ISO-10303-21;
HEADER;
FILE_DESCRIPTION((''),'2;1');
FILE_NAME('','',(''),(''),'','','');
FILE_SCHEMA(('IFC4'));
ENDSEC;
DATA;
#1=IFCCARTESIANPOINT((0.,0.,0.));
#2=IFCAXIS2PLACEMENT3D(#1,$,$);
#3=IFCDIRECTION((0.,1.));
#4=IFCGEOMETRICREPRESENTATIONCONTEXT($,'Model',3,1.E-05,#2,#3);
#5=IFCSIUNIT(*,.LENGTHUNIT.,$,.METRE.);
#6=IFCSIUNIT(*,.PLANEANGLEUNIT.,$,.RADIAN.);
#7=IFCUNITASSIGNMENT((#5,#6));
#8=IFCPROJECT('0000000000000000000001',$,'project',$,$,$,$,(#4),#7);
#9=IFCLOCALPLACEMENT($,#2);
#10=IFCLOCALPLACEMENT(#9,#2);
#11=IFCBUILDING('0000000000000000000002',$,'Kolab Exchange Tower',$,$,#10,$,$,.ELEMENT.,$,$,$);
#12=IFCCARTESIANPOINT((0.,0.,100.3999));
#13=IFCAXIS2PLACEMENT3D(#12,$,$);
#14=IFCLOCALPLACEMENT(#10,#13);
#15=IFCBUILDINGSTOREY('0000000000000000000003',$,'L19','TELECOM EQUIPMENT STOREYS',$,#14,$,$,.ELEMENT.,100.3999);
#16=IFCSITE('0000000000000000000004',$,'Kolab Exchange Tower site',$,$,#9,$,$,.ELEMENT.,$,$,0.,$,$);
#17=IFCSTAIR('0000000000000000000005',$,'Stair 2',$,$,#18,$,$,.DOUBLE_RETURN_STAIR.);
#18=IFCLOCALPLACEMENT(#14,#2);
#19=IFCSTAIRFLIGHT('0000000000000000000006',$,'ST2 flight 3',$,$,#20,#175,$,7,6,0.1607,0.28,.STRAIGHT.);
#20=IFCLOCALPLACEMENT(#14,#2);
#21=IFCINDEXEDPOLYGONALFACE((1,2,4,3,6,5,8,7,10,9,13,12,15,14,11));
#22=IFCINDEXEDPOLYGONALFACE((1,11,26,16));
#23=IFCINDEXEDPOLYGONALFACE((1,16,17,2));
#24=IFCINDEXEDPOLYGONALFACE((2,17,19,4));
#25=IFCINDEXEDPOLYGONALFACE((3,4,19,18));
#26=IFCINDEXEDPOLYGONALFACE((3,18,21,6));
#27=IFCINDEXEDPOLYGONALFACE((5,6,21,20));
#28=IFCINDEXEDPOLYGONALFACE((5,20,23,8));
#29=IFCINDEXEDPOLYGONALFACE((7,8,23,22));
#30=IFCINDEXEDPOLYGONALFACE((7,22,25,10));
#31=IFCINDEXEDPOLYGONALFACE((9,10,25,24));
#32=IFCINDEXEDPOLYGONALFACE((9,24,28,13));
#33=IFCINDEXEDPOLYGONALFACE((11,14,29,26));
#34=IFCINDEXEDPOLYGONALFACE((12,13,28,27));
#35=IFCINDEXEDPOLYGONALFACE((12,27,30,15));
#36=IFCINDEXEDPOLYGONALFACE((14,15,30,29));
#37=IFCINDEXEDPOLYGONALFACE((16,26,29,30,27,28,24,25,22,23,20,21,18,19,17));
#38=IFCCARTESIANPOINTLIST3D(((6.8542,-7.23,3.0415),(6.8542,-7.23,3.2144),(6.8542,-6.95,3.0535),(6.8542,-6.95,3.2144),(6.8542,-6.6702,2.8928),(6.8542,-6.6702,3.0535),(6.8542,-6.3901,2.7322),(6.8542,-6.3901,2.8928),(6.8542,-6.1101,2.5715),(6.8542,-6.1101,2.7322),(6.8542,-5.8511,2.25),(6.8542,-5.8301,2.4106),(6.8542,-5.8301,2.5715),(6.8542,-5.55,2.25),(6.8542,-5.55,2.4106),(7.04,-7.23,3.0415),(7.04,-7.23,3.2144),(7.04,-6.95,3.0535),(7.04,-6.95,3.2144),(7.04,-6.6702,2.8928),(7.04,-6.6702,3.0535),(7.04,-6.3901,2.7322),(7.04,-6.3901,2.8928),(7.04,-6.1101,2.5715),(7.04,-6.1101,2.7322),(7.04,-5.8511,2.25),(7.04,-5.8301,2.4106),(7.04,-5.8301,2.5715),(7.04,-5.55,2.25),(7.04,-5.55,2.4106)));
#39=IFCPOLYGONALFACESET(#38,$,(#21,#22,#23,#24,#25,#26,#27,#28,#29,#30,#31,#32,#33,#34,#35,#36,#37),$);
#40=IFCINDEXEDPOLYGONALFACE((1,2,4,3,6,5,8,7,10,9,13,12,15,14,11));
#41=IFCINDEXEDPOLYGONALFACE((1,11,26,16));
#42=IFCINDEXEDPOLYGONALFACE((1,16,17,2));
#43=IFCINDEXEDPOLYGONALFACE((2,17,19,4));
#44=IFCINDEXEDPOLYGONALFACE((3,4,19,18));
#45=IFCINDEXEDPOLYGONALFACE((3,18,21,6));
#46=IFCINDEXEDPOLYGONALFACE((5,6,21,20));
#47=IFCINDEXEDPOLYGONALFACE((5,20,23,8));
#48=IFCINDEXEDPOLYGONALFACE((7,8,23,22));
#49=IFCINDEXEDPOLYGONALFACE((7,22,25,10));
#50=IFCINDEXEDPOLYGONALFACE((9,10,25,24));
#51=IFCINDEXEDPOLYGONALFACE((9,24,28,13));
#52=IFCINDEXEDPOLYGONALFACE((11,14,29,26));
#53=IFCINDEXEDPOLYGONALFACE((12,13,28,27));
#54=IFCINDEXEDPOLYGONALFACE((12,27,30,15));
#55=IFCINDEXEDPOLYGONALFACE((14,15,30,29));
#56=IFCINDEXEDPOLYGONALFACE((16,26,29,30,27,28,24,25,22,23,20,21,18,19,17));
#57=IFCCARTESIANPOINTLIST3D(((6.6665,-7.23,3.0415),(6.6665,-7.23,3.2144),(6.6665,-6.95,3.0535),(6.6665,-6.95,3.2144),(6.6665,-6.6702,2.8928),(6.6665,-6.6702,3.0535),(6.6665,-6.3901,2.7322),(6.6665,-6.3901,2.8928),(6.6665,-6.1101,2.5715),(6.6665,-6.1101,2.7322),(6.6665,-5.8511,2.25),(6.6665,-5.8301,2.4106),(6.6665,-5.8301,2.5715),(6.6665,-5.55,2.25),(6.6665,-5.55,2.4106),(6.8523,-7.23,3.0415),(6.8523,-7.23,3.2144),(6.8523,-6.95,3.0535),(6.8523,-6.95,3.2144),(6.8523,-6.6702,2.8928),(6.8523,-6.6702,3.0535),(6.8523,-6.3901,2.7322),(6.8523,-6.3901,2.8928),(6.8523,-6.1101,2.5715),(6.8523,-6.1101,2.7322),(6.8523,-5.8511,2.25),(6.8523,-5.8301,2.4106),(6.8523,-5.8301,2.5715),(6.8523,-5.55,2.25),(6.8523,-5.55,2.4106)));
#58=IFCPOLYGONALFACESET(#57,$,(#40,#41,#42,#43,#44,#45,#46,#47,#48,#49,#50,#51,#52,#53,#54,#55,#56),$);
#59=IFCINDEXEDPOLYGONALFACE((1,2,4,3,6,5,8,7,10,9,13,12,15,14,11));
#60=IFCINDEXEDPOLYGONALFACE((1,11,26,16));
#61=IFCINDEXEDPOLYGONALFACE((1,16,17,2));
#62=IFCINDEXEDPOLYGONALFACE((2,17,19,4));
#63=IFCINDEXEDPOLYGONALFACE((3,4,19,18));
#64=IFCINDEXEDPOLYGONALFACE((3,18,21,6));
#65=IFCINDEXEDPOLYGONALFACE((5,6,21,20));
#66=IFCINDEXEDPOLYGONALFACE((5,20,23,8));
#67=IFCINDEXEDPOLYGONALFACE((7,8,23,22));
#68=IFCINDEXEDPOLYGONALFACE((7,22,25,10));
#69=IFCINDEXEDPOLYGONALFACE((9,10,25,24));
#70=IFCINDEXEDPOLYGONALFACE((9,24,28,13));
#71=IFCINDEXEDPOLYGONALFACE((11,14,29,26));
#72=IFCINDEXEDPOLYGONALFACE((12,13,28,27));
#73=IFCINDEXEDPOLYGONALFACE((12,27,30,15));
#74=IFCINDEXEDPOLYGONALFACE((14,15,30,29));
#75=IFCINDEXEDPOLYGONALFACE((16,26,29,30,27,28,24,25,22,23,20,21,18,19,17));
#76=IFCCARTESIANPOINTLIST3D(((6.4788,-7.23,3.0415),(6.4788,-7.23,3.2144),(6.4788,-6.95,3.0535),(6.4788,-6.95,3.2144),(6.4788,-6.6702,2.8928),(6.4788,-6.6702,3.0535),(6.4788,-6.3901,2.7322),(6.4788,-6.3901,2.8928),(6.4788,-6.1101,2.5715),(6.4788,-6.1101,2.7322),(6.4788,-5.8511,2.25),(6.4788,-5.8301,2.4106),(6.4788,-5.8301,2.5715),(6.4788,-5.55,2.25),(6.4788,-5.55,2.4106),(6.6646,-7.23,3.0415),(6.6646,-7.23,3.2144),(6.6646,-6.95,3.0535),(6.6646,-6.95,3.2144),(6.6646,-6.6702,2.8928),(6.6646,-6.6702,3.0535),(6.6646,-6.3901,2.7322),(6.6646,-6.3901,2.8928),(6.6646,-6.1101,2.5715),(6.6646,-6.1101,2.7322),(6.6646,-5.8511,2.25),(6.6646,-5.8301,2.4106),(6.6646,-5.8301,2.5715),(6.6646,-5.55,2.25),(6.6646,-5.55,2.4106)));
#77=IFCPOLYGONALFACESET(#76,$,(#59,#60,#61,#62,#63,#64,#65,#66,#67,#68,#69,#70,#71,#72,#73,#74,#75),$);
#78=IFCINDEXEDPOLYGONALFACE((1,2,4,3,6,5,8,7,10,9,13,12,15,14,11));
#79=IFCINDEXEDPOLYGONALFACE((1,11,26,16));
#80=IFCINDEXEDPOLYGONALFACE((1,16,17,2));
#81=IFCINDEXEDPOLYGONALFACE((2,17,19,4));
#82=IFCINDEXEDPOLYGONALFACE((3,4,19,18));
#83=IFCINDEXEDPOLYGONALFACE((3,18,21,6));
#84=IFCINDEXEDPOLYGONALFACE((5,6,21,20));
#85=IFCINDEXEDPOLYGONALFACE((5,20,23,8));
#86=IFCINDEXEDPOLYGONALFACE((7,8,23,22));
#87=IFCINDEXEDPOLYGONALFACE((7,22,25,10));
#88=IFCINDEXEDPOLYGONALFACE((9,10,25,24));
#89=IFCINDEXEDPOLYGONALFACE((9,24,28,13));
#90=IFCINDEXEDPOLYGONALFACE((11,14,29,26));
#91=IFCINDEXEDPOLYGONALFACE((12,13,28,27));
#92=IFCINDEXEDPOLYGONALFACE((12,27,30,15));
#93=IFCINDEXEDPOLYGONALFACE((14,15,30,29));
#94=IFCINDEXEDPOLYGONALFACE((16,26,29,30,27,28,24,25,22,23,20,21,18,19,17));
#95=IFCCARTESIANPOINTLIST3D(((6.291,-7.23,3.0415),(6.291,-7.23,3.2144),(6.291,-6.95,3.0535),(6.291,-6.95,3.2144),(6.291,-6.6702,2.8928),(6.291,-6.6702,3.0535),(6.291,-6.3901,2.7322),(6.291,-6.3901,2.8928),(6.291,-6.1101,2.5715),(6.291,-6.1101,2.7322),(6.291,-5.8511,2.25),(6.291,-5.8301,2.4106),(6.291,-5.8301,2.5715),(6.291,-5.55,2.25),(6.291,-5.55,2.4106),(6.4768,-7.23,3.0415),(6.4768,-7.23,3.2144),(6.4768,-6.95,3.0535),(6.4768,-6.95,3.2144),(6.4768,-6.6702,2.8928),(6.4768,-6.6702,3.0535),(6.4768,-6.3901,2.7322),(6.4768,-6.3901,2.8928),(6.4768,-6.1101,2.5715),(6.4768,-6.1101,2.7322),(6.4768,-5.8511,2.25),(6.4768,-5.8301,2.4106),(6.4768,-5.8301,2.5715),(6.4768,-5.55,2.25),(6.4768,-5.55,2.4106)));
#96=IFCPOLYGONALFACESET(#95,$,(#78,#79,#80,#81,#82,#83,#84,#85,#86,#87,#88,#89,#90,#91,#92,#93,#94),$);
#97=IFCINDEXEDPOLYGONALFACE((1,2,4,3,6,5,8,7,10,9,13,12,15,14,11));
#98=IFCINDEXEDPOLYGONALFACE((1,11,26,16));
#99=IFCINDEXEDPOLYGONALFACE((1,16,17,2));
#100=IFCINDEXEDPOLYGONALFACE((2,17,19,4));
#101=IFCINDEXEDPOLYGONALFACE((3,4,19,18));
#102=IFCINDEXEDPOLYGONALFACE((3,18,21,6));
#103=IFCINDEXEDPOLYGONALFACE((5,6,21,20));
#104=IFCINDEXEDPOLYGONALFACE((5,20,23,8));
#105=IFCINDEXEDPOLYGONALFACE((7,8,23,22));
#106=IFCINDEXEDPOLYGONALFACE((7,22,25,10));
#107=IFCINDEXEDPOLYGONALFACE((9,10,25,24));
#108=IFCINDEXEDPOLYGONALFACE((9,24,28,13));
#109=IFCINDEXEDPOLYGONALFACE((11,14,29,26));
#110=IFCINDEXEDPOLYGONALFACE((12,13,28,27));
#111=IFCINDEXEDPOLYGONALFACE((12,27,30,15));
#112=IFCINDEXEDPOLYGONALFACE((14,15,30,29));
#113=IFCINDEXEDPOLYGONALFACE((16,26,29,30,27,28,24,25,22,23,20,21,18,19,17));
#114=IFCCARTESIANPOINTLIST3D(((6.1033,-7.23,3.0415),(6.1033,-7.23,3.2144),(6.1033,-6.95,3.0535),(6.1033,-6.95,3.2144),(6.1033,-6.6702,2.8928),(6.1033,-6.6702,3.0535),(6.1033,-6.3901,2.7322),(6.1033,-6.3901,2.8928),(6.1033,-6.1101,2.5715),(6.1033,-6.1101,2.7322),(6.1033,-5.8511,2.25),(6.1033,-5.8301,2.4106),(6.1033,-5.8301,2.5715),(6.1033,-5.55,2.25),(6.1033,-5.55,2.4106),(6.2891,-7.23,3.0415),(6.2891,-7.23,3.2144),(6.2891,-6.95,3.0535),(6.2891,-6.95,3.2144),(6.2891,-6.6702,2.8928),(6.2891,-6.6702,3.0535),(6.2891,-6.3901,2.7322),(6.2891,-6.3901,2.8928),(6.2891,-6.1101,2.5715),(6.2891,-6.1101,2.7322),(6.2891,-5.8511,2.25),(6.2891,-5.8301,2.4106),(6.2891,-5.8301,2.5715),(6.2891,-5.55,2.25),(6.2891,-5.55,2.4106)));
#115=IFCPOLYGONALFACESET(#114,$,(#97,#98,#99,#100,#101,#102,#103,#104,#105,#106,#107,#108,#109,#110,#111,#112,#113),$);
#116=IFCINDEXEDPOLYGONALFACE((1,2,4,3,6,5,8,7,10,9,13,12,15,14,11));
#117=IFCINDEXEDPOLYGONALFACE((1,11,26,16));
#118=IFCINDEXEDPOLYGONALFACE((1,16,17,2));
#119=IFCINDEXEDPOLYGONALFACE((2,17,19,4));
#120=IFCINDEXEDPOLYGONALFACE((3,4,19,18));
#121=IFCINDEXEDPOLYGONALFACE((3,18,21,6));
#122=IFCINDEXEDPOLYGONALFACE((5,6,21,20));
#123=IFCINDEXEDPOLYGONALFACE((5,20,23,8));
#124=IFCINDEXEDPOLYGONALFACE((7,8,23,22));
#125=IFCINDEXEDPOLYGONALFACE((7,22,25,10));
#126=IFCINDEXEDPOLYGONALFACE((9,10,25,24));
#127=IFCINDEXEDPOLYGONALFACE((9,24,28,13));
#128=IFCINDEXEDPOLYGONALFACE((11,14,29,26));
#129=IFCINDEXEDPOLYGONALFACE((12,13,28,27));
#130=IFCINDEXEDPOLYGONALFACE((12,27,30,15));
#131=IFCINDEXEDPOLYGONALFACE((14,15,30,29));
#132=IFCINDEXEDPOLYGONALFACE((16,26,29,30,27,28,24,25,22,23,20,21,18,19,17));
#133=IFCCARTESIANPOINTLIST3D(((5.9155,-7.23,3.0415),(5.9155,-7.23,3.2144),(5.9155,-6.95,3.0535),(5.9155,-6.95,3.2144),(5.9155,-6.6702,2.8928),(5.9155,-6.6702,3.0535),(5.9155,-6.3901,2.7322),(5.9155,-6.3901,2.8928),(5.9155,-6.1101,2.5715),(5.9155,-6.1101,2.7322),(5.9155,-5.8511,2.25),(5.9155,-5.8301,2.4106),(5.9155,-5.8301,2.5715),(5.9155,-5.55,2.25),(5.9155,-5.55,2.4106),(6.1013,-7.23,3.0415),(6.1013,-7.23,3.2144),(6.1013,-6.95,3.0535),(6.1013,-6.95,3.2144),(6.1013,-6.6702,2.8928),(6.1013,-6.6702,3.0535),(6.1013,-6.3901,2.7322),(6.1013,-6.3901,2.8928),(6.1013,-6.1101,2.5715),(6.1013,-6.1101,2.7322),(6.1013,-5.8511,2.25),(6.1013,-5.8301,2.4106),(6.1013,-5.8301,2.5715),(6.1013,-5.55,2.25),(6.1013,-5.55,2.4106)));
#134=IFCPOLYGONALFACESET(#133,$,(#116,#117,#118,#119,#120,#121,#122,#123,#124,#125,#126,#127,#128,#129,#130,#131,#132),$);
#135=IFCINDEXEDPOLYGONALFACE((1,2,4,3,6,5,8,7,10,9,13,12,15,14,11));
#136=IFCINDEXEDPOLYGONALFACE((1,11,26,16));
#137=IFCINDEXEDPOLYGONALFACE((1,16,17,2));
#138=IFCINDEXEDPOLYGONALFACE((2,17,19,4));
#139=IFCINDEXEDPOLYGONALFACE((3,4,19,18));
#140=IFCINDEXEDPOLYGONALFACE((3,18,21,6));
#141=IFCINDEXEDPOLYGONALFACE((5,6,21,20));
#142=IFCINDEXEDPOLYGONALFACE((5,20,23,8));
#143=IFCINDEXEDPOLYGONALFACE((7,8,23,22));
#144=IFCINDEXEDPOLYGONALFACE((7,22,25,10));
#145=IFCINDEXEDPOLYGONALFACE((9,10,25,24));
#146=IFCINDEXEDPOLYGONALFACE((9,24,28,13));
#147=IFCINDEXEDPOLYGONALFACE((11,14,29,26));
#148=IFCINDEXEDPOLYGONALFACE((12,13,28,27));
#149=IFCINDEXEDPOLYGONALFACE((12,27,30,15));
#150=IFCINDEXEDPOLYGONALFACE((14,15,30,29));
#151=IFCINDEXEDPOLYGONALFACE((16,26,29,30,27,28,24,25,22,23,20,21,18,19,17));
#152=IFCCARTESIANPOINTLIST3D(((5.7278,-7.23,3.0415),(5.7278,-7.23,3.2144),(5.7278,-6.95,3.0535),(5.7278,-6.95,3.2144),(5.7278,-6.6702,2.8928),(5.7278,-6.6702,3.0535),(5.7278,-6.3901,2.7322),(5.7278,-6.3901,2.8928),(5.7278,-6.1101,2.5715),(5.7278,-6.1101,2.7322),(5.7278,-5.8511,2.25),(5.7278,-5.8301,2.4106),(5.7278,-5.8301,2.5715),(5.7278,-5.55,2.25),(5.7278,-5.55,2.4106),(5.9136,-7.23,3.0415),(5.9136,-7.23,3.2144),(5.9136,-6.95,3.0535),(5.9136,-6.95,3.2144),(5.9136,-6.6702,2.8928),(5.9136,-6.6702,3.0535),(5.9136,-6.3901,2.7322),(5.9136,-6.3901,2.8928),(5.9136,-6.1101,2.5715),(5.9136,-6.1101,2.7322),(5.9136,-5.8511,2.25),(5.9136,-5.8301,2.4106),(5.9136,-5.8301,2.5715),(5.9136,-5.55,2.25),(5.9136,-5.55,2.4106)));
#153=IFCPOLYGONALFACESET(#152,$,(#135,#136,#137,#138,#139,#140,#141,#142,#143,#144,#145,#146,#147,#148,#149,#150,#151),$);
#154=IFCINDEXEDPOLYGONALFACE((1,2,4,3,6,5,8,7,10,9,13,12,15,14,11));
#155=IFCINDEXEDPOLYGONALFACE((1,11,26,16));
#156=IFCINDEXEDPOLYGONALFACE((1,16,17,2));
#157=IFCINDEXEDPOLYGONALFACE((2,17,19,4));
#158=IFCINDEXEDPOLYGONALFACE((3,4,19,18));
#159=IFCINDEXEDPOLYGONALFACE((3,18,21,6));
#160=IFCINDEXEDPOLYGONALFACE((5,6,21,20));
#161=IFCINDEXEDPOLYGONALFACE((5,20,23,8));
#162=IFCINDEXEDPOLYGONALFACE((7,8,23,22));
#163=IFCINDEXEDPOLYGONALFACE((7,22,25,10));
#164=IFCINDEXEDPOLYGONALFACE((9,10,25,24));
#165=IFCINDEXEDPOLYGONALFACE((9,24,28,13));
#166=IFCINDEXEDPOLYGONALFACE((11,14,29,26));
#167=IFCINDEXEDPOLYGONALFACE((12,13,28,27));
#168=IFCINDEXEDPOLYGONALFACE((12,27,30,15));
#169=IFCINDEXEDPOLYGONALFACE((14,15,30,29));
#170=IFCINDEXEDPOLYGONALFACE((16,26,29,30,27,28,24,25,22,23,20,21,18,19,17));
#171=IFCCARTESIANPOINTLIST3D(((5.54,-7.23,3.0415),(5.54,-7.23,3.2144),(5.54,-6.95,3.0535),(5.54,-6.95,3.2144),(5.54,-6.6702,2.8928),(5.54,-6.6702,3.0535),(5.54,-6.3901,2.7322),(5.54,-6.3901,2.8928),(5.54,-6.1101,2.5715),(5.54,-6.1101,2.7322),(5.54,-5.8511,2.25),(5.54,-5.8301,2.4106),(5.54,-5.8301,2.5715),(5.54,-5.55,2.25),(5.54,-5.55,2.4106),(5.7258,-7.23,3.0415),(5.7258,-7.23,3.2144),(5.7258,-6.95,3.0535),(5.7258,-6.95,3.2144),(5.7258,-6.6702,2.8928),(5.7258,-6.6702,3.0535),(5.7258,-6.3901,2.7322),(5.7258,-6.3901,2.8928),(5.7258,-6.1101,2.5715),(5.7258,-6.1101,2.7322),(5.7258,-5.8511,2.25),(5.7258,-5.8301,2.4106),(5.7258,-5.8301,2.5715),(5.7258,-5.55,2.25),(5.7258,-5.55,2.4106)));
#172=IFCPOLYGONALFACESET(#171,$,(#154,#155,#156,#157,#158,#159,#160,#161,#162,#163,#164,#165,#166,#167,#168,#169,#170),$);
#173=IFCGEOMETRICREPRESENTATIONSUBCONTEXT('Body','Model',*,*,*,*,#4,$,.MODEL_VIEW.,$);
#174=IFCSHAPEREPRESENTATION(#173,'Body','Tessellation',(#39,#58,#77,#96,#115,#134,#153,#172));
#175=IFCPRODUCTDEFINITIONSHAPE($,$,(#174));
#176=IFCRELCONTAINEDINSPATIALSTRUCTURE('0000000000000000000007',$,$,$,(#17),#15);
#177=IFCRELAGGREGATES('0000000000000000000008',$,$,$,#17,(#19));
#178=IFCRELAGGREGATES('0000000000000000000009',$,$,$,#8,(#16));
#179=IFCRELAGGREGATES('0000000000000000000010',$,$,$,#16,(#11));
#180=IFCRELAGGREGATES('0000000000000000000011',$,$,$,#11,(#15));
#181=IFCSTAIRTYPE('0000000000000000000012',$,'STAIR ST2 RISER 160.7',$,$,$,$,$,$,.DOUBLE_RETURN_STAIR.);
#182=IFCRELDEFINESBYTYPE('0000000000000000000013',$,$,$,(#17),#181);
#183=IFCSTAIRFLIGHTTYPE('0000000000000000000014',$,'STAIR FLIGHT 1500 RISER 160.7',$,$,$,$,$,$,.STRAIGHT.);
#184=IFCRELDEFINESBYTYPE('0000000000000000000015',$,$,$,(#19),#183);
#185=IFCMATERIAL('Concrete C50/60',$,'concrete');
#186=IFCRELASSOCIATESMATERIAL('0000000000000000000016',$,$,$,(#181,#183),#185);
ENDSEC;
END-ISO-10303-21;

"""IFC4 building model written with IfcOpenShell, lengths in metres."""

from ifc_helpers import new_model, si_unit, direction, frame, origin, place, context, subcontext, project, spatial, polyline, outline, extrude, material, type_object, element, aggregate, save


model = new_model("IFC4")

# Units and contexts
model_context = context("Model", 3, precision=1e-05, world=origin(), true_north=direction((0.0, 1.0)))
body_context = subcontext(model_context, "Body", "Model", "MODEL_VIEW")
ifc_project = project(units=[si_unit("LENGTHUNIT", "METRE"), si_unit("PLANEANGLEUNIT", "RADIAN")], contexts=[model_context])

# Site, building, storey
site_placement = place(None, origin())
site = spatial("IfcSite", under=ifc_project, at=site_placement, Name="Kolab Exchange Tower site", CompositionType="ELEMENT", RefElevation=0.0)
building_placement = place(site_placement, origin())
building = spatial("IfcBuilding", under=site, at=building_placement, Name="Kolab Exchange Tower", CompositionType="ELEMENT")
storey_placement = place(building_placement, frame((0.0, 0.0, 100.3999)))
storey = spatial("IfcBuildingStorey", under=building, at=storey_placement, Name="L19", Description="TELECOM EQUIPMENT STOREYS", CompositionType="ELEMENT", Elevation=100.3999)

# Shared definitions
ifc_material_1 = material(Name="Concrete C50/60", Category="concrete")

# Stair, stair flight
stair_type = type_object("IfcStairType", Name="STAIR ST2 RISER 160.7", PredefinedType="DOUBLE_RETURN_STAIR", material=ifc_material_1)
stair_placement = place(storey_placement, origin())
stair = element("IfcStair", 1, at=stair_placement, inside=storey, type_object=stair_type, Name="Stair 2", PredefinedType="DOUBLE_RETURN_STAIR")
stair_flight_type = type_object("IfcStairFlightType", Name="STAIR FLIGHT 1500 RISER 160.7", PredefinedType="STRAIGHT", material=ifc_material_1)
stair_flight_1_placement = place(storey_placement, frame((6.29, -5.55, 2.25), z_axis=(0.0, 0.0, 1.0), x_axis=(0.0, -1.0, 0.0)))
stair_flight_1 = element("IfcStairFlight", 2, at=stair_flight_1_placement, type_object=stair_flight_type, Name="ST2 flight 3", NumberOfRisers=7, NumberOfTreads=6, PredefinedType="STRAIGHT", RiserHeight=0.1607, TreadLength=0.28, context=body_context, shape_type="SweptSolid", body=[
    extrude(outline(polyline([(0.0, 0.0), (0.0, 0.1606), (0.28, 0.1606), (0.28, 0.3215), (0.5601, 0.3215), (0.5601, 0.4822), (0.8401, 0.4822), (0.8401, 0.6428), (1.1201, 0.6428), (1.1201, 0.8035), (1.3999, 0.8035), (1.3999, 0.9644), (1.6799, 0.9644), (1.6799, 1.125), (1.6799, 0.7915), (0.301, 0.0), (0.0, 0.0)])), frame((0.0, 0.75, 0.0), z_axis=(0.0, -1.0, 0.0), x_axis=(1.0, 0.0, 0.0)), (0.0, 0.0, 1.0), 0.1858),
    extrude(outline(polyline([(0.0, 0.0), (0.0, 0.1606), (0.28, 0.1606), (0.28, 0.3215), (0.5601, 0.3215), (0.5601, 0.4822), (0.8401, 0.4822), (0.8401, 0.6428), (1.1201, 0.6428), (1.1201, 0.8035), (1.3999, 0.8035), (1.3999, 0.9644), (1.6799, 0.9644), (1.6799, 1.125), (1.6799, 0.7915), (0.301, 0.0), (0.0, 0.0)])), frame((0.0, 0.5623, 0.0), z_axis=(0.0, -1.0, 0.0), x_axis=(1.0, 0.0, 0.0)), (0.0, 0.0, 1.0), 0.1858),
    extrude(outline(polyline([(0.0, 0.0), (0.0, 0.1606), (0.28, 0.1606), (0.28, 0.3215), (0.5601, 0.3215), (0.5601, 0.4822), (0.8401, 0.4822), (0.8401, 0.6428), (1.1201, 0.6428), (1.1201, 0.8035), (1.3999, 0.8035), (1.3999, 0.9644), (1.6799, 0.9644), (1.6799, 1.125), (1.6799, 0.7915), (0.301, 0.0), (0.0, 0.0)])), frame((0.0, 0.3745, 0.0), z_axis=(0.0, -1.0, 0.0), x_axis=(1.0, 0.0, 0.0)), (0.0, 0.0, 1.0), 0.1858),
    extrude(outline(polyline([(0.0, 0.0), (0.0, 0.1606), (0.28, 0.1606), (0.28, 0.3215), (0.5601, 0.3215), (0.5601, 0.4822), (0.8401, 0.4822), (0.8401, 0.6428), (1.1201, 0.6428), (1.1201, 0.8035), (1.3999, 0.8035), (1.3999, 0.9644), (1.6799, 0.9644), (1.6799, 1.125), (1.6799, 0.7915), (0.301, 0.0), (0.0, 0.0)])), frame((0.0, 0.1868, 0.0), z_axis=(0.0, -1.0, 0.0), x_axis=(1.0, 0.0, 0.0)), (0.0, 0.0, 1.0), 0.1858),
    extrude(outline(polyline([(0.0, 0.0), (0.0, 0.1606), (0.28, 0.1606), (0.28, 0.3215), (0.5601, 0.3215), (0.5601, 0.4822), (0.8401, 0.4822), (0.8401, 0.6428), (1.1201, 0.6428), (1.1201, 0.8035), (1.3999, 0.8035), (1.3999, 0.9644), (1.6799, 0.9644), (1.6799, 1.125), (1.6799, 0.7915), (0.301, 0.0), (0.0, 0.0)])), frame((0.0, -0.001, 0.0), z_axis=(0.0, -1.0, 0.0), x_axis=(1.0, 0.0, 0.0)), (0.0, 0.0, 1.0), 0.1858),
    extrude(outline(polyline([(0.0, 0.0), (0.0, 0.1606), (0.28, 0.1606), (0.28, 0.3215), (0.5601, 0.3215), (0.5601, 0.4822), (0.8401, 0.4822), (0.8401, 0.6428), (1.1201, 0.6428), (1.1201, 0.8035), (1.3999, 0.8035), (1.3999, 0.9644), (1.6799, 0.9644), (1.6799, 1.125), (1.6799, 0.7915), (0.301, 0.0), (0.0, 0.0)])), frame((0.0, -0.1887, 0.0), z_axis=(0.0, -1.0, 0.0), x_axis=(1.0, 0.0, 0.0)), (0.0, 0.0, 1.0), 0.1858),
    extrude(outline(polyline([(0.0, 0.0), (0.0, 0.1606), (0.28, 0.1606), (0.28, 0.3215), (0.5601, 0.3215), (0.5601, 0.4822), (0.8401, 0.4822), (0.8401, 0.6428), (1.1201, 0.6428), (1.1201, 0.8035), (1.3999, 0.8035), (1.3999, 0.9644), (1.6799, 0.9644), (1.6799, 1.125), (1.6799, 0.7915), (0.301, 0.0), (0.0, 0.0)])), frame((0.0, -0.3765, 0.0), z_axis=(0.0, -1.0, 0.0), x_axis=(1.0, 0.0, 0.0)), (0.0, 0.0, 1.0), 0.1858),
    extrude(outline(polyline([(0.0, 0.0), (0.0, 0.1606), (0.28, 0.1606), (0.28, 0.3215), (0.5601, 0.3215), (0.5601, 0.4822), (0.8401, 0.4822), (0.8401, 0.6428), (1.1201, 0.6428), (1.1201, 0.8035), (1.3999, 0.8035), (1.3999, 0.9644), (1.6799, 0.9644), (1.6799, 1.125), (1.6799, 0.7915), (0.301, 0.0), (0.0, 0.0)])), frame((0.0, -0.5642, 0.0), z_axis=(0.0, -1.0, 0.0), x_axis=(1.0, 0.0, 0.0)), (0.0, 0.0, 1.0), 0.1858),
])
aggregate(stair, [stair_flight_1])

save(model, "model.ifc")
